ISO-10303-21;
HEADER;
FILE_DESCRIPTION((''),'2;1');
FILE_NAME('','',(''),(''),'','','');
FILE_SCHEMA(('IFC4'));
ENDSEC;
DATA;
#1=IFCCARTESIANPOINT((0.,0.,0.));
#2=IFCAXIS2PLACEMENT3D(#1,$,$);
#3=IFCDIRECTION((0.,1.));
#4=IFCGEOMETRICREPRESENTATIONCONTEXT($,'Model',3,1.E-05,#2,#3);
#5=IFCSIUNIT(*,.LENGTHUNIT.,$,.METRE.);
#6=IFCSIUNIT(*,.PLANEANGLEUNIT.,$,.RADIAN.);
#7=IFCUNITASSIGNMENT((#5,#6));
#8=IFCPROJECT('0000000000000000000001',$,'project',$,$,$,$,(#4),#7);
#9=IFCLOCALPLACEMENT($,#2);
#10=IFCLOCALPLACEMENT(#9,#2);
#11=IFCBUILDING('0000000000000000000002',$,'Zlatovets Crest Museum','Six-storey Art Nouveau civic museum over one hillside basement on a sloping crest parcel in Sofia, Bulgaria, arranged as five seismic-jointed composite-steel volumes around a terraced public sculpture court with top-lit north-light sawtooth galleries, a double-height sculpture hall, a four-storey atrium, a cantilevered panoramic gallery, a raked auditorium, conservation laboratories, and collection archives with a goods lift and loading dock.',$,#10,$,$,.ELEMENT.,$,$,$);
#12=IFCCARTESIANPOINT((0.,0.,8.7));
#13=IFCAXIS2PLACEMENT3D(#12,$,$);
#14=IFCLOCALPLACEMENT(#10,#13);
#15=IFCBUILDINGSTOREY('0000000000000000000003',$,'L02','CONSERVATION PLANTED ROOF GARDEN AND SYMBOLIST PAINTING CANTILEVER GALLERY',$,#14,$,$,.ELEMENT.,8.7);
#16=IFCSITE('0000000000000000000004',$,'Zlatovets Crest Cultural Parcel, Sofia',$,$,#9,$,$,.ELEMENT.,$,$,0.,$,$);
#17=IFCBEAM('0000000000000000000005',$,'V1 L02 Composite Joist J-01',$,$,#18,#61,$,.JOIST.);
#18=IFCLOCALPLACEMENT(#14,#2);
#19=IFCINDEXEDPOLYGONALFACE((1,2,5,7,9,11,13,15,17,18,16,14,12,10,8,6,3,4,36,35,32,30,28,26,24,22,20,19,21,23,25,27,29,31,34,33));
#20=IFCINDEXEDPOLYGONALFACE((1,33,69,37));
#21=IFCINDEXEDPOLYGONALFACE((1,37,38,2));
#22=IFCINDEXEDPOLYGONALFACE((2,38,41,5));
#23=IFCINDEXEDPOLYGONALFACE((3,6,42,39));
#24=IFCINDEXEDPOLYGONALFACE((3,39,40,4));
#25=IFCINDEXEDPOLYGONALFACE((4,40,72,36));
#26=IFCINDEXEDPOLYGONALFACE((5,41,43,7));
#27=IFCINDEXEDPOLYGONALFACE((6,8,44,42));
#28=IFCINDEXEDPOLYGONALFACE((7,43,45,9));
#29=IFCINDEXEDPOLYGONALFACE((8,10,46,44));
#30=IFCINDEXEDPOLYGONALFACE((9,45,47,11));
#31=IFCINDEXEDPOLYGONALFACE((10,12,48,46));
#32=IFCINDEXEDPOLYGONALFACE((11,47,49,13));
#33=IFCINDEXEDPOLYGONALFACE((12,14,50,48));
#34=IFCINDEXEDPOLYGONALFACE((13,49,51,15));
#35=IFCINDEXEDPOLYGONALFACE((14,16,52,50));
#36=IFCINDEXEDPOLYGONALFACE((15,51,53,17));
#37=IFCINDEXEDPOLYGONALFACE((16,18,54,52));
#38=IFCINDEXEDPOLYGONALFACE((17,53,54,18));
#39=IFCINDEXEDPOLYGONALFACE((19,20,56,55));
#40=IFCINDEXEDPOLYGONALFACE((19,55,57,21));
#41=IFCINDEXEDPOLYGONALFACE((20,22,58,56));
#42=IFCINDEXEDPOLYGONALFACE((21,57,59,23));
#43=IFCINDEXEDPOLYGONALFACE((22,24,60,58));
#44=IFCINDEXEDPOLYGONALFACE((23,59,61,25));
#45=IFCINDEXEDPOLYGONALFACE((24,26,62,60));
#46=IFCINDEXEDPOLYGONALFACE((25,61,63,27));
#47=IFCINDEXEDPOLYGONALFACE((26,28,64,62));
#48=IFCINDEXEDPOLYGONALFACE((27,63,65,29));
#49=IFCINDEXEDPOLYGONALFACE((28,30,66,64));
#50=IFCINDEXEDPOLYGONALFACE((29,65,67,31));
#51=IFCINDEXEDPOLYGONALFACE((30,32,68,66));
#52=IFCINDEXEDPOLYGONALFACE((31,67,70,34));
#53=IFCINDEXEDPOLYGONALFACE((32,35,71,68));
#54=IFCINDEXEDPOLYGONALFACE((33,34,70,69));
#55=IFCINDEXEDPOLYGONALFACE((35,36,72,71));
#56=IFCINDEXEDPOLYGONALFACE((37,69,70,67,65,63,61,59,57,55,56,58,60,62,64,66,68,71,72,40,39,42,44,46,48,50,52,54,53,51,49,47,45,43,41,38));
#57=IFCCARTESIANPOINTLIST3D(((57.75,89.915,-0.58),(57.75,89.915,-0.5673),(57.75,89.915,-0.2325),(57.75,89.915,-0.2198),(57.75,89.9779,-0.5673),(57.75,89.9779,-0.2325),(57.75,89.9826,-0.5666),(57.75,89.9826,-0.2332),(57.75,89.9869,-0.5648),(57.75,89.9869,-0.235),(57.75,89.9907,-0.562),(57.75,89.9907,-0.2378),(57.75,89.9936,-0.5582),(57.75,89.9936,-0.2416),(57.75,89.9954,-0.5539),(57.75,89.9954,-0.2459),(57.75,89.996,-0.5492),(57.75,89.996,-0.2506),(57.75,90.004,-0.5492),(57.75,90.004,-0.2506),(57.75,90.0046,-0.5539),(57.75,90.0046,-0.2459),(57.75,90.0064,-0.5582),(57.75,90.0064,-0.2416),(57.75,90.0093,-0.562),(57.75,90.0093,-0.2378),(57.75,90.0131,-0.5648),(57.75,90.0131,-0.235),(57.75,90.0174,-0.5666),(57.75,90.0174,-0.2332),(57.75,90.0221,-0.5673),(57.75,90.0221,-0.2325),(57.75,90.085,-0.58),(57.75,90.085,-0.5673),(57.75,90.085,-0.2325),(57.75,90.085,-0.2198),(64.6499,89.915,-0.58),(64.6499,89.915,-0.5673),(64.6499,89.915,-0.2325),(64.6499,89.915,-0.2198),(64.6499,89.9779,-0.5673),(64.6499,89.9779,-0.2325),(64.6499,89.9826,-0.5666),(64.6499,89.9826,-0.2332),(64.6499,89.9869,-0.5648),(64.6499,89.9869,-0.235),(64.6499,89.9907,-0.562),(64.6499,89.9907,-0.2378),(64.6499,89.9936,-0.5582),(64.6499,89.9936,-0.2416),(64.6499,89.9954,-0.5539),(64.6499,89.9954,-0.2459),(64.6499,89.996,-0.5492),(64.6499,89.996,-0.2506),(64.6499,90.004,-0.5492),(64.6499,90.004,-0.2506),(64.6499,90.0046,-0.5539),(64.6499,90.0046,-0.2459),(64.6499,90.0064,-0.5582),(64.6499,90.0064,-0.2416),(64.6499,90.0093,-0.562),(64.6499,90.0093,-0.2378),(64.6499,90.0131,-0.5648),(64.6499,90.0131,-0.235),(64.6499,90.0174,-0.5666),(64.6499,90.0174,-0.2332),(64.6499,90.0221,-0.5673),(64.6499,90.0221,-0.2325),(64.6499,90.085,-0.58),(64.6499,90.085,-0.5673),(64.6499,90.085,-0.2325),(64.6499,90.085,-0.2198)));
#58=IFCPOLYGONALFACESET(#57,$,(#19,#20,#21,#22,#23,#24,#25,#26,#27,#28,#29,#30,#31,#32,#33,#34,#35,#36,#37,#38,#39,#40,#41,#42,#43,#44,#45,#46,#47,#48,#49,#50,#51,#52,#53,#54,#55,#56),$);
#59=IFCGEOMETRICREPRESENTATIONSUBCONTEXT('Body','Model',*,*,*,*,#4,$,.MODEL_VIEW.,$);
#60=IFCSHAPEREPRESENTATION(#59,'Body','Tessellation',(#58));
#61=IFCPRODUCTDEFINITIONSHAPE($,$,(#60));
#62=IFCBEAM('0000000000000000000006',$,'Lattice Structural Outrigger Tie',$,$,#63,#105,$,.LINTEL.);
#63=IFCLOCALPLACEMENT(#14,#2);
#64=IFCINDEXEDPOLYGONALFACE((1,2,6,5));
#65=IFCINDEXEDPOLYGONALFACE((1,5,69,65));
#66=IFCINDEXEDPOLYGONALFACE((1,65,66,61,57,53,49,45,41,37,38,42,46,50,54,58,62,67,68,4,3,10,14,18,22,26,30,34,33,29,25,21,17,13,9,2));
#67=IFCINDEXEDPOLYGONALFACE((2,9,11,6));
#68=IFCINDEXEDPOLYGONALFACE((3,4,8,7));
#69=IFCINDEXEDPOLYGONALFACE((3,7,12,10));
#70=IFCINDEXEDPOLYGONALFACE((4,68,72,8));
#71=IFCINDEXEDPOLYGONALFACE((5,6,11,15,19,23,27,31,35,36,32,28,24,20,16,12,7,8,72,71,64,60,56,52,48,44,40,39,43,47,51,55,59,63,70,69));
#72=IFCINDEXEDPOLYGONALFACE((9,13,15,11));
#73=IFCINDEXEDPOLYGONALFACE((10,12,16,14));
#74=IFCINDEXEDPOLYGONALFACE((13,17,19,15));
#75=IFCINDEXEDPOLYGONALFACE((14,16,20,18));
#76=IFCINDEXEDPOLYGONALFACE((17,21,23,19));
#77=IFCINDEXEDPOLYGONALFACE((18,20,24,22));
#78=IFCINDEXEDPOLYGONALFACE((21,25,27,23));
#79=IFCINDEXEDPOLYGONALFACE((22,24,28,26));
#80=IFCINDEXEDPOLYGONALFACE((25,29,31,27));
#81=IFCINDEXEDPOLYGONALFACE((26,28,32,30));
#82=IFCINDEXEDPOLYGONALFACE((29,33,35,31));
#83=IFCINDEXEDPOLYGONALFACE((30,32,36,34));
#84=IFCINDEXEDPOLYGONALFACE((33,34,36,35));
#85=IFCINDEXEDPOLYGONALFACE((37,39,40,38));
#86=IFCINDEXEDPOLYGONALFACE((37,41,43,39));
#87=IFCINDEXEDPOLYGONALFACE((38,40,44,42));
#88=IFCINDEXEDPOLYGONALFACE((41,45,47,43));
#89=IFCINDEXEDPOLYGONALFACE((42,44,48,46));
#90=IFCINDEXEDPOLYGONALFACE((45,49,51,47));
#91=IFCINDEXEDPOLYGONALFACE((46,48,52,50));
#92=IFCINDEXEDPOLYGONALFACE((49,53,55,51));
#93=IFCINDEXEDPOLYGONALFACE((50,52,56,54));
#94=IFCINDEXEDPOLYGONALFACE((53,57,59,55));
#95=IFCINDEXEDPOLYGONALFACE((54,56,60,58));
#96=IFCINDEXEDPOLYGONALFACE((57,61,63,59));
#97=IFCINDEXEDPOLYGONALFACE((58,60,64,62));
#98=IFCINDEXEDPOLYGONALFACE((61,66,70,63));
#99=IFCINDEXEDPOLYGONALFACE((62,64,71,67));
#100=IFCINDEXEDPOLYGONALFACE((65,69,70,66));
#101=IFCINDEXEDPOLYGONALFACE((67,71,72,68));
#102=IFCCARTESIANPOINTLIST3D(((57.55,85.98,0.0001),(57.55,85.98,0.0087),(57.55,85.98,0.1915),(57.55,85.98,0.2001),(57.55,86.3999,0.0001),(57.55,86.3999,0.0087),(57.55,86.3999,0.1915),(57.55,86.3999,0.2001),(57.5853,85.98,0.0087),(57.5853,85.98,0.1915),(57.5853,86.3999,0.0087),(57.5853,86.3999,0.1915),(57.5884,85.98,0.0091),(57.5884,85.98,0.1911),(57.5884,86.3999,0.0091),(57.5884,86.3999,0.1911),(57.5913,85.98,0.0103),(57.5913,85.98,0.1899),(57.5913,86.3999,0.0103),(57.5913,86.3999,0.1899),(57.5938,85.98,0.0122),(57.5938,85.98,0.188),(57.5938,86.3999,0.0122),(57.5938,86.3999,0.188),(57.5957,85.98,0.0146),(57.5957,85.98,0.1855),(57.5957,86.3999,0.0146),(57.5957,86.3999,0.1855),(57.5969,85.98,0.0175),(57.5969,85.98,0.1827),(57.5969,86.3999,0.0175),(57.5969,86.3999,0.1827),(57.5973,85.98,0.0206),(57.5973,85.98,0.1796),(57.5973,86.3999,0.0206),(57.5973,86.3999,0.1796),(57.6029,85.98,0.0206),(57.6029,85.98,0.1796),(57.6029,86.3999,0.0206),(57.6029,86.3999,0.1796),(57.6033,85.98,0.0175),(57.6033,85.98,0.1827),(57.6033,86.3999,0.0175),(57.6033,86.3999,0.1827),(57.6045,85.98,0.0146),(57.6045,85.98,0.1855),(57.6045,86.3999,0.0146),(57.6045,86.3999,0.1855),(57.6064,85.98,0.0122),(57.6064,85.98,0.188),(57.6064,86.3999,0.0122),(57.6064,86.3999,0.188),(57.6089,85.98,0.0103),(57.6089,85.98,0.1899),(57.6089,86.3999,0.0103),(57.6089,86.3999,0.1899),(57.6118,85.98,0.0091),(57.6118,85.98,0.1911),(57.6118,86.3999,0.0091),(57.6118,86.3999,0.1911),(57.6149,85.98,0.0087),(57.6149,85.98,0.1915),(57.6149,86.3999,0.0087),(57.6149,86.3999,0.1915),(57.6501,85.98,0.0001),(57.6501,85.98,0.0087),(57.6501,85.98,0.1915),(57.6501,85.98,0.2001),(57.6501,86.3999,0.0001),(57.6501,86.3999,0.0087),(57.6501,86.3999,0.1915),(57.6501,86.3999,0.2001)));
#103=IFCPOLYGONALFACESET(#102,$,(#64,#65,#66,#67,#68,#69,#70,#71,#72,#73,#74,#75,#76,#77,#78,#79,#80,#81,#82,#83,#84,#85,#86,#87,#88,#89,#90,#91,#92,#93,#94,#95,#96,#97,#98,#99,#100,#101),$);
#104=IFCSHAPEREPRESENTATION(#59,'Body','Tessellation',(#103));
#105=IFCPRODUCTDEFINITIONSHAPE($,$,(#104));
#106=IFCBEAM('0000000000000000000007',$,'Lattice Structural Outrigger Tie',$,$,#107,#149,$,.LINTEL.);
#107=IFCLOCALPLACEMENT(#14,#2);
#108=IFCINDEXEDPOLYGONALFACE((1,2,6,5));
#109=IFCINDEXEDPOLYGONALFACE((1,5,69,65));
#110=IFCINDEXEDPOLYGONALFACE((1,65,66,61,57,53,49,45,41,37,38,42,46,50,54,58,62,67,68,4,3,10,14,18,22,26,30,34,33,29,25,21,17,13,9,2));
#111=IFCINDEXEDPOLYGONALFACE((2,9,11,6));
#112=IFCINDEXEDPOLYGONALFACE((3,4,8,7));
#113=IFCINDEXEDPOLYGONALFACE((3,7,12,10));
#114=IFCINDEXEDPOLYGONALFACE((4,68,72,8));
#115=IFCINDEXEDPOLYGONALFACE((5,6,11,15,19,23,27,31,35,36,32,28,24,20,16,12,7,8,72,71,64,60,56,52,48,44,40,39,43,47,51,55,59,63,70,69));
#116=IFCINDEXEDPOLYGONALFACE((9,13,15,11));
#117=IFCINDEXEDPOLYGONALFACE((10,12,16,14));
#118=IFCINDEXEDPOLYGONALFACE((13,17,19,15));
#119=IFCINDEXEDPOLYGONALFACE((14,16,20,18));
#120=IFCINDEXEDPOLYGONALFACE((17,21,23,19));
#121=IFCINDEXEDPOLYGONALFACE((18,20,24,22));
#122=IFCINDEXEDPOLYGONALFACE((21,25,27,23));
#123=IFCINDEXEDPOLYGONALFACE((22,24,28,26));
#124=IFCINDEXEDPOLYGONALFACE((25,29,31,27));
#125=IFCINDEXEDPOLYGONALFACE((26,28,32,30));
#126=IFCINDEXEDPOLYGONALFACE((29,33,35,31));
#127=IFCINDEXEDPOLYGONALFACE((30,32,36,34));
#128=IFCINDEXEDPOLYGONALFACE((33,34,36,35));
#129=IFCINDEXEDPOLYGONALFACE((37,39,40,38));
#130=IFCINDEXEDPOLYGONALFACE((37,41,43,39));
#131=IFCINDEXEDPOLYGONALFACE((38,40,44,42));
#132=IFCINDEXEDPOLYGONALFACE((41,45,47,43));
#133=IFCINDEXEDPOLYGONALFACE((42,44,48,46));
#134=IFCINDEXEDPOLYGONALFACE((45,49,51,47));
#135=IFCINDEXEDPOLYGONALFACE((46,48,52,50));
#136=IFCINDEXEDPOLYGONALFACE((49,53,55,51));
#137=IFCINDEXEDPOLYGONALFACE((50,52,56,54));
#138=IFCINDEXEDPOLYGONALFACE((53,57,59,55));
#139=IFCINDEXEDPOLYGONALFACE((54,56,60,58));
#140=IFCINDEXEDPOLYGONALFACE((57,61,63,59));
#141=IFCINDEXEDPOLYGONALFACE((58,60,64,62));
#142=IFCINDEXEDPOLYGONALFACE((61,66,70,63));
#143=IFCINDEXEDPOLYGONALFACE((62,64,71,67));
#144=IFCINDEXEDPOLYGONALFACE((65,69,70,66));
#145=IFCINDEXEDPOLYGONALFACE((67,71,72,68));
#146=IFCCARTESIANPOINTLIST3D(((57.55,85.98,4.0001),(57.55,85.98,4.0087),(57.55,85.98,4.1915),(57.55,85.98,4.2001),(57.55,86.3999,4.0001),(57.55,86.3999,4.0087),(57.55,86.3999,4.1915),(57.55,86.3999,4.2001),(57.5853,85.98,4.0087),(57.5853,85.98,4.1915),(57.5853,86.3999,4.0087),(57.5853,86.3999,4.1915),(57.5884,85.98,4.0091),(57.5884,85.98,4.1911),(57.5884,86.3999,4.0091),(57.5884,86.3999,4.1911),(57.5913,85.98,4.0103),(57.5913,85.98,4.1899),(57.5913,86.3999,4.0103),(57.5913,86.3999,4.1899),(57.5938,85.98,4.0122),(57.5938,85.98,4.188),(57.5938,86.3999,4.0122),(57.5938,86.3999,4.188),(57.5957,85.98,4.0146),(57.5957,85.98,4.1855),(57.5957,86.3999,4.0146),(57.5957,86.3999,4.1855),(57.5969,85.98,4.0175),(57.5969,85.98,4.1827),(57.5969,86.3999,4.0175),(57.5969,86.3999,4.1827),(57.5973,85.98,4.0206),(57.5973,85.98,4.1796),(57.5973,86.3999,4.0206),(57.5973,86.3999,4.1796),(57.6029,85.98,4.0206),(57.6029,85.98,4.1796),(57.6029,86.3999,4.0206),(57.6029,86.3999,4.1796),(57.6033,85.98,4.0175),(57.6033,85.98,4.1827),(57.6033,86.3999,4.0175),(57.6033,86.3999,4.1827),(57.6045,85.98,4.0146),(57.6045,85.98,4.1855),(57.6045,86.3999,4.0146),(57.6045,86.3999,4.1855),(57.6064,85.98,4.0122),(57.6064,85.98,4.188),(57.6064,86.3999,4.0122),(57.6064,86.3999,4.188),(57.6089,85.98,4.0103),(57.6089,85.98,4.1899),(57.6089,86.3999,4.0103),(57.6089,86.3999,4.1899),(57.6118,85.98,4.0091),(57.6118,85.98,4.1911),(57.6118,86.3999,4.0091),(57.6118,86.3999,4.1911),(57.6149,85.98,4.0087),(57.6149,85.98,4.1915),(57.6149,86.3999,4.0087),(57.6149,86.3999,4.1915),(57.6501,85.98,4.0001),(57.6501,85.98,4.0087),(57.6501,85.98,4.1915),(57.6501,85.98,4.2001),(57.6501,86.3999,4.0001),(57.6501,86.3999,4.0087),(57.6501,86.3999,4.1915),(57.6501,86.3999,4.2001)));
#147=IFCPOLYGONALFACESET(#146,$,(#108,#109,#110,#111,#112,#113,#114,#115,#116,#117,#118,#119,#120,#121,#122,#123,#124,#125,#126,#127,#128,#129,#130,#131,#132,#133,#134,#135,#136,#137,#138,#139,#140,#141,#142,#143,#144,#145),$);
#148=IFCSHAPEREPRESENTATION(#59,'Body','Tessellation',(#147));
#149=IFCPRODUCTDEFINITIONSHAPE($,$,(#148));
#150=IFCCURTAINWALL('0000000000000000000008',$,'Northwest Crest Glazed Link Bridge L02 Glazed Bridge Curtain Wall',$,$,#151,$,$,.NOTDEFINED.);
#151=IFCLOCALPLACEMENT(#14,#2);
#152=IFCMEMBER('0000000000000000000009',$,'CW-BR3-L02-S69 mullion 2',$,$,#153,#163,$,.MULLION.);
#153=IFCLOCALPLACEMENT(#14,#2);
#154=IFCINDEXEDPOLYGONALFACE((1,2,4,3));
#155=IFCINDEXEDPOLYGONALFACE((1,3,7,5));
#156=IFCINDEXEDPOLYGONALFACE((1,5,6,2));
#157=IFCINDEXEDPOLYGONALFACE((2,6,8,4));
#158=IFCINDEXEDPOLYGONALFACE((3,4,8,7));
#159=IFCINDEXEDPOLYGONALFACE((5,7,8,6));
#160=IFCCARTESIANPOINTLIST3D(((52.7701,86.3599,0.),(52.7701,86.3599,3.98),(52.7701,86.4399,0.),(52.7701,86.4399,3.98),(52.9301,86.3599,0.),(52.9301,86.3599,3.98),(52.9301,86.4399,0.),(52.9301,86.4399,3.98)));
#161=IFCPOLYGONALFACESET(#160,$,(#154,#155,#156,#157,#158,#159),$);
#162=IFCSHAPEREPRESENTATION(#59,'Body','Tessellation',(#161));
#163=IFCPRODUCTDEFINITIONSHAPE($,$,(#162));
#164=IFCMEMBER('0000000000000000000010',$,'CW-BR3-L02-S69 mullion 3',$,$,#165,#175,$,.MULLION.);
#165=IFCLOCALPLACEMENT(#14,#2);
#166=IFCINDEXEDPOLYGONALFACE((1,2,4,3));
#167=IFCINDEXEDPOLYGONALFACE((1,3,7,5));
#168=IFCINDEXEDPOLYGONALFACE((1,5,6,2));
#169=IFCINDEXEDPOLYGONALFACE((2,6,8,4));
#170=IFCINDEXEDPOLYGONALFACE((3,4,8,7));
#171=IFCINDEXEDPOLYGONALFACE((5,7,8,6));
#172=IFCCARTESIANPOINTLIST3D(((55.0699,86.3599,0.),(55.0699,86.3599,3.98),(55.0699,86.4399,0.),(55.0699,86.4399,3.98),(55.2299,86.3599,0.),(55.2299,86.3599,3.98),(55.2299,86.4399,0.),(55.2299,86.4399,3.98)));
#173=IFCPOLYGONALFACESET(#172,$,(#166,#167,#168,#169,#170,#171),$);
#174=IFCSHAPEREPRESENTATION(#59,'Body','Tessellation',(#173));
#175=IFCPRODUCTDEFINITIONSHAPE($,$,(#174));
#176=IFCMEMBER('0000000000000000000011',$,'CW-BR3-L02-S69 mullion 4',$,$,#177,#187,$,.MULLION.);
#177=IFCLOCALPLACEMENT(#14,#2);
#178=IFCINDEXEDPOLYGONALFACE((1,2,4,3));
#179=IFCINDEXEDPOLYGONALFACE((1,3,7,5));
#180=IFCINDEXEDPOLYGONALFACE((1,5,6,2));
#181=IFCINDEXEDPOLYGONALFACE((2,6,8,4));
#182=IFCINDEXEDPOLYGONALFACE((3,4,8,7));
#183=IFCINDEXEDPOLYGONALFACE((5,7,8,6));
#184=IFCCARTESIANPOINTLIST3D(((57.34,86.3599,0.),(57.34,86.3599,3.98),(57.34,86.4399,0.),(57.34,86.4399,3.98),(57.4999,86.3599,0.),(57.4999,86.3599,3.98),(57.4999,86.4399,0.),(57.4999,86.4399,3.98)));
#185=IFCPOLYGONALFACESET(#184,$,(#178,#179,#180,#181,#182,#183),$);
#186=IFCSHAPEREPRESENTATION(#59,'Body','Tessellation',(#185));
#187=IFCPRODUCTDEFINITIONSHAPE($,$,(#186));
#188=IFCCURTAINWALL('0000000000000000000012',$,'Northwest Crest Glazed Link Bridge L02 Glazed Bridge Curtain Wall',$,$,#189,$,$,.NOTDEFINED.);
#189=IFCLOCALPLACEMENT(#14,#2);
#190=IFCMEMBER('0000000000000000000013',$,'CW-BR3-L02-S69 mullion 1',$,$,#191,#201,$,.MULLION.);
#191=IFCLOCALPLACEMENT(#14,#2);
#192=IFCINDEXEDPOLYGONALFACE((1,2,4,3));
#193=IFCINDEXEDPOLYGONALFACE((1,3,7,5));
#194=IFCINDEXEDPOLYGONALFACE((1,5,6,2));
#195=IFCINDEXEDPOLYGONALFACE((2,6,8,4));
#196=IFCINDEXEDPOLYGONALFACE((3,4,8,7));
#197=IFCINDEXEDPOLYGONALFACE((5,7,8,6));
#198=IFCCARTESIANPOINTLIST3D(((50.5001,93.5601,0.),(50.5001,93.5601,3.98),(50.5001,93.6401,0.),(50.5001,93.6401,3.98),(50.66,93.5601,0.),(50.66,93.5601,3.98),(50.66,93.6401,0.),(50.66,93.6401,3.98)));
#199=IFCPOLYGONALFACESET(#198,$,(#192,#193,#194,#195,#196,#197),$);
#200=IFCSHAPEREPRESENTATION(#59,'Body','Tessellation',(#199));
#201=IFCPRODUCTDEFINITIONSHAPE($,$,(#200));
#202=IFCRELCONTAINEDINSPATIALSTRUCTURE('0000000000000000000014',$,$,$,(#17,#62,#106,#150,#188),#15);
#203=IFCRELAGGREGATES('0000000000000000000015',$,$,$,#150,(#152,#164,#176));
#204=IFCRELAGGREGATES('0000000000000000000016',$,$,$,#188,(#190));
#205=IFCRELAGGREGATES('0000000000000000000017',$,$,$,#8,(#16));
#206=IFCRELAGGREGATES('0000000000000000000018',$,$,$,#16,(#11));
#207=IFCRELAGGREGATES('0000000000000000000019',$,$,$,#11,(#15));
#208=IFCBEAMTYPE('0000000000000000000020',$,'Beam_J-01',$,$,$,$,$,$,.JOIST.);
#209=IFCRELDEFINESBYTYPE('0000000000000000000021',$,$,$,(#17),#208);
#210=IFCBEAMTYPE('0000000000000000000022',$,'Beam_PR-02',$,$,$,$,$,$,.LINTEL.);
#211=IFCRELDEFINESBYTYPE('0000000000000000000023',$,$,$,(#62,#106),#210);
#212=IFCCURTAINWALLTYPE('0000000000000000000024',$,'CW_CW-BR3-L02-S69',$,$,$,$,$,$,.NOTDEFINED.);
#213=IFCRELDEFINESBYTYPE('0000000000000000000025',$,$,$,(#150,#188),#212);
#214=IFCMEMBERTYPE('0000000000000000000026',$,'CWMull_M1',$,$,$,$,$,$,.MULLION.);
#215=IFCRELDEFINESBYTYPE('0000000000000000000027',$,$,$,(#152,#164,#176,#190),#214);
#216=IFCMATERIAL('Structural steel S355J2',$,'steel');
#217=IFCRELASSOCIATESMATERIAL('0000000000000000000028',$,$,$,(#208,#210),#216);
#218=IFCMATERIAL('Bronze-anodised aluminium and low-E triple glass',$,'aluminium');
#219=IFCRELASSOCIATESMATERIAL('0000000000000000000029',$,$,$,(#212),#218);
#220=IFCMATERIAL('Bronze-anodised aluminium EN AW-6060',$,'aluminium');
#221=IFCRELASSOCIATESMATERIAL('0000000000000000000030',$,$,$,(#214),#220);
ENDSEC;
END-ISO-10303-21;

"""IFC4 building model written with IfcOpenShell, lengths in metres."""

from ifc_helpers import new_model, si_unit, direction, frame, origin, origin_2d, place, context, subcontext, project, spatial, rectangle, i_section, extrude, material, material_profile, profile_set, type_object, element, aggregate, save


model = new_model("IFC4")

# Units and contexts
model_context = context("Model", 3, precision=1e-05, world=origin(), true_north=direction((0.0, 1.0)))
body_context = subcontext(model_context, "Body", "Model", "MODEL_VIEW")
ifc_project = project(units=[si_unit("LENGTHUNIT", "METRE"), si_unit("PLANEANGLEUNIT", "RADIAN")], contexts=[model_context])

# Site, building, storey
site_placement = place(None, origin())
site = spatial("IfcSite", under=ifc_project, at=site_placement, Name="Zlatovets Crest Cultural Parcel, Sofia", CompositionType="ELEMENT", RefElevation=0.0)
building_placement = place(site_placement, origin())
building = spatial("IfcBuilding", under=site, at=building_placement, Name="Zlatovets Crest Museum", Description="Six-storey Art Nouveau civic museum over one hillside basement on a sloping crest parcel in Sofia, Bulgaria, arranged as five seismic-jointed composite-steel volumes around a terraced public sculpture court with top-lit north-light sawtooth galleries, a double-height sculpture hall, a four-storey atrium, a cantilevered panoramic gallery, a raked auditorium, conservation laboratories, and collection archives with a goods lift and loading dock.", CompositionType="ELEMENT")
storey_placement = place(building_placement, frame((0.0, 0.0, 8.7)))
storey = spatial("IfcBuildingStorey", under=building, at=storey_placement, Name="L02", Description="CONSERVATION PLANTED ROOF GARDEN AND SYMBOLIST PAINTING CANTILEVER GALLERY", CompositionType="ELEMENT", Elevation=8.7)

# Shared definitions
ifc_material_1 = material(Name="Structural steel S355J2", Category="steel")

# Beams
ifc_material_profile_1 = material_profile(ifc_material_1, i_section(OverallWidth=0.1699, OverallDepth=0.3601, WebThickness=0.0081, FlangeThickness=0.0127, FilletRadius=0.0181, at=origin_2d()), Name="IPE 360")
ifc_profile_set_1 = profile_set([ifc_material_profile_1], Name="Structural steel S355J2")
beam_type_1 = type_object("IfcBeamType", Name="Beam_J-01", PredefinedType="JOIST", material=ifc_profile_set_1)
beam_1_placement = place(storey_placement, frame((57.75, 90.0, -0.3999), z_axis=(1.0, 0.0, 0.0), x_axis=(0.0, 1.0, 0.0)))
element("IfcBeam", 1, at=beam_1_placement, inside=storey, type_object=beam_type_1, Name="V1 L02 Composite Joist J-01", PredefinedType="JOIST", context=body_context, shape_type="SweptSolid", body=[
    extrude(i_section(OverallWidth=0.1699, OverallDepth=0.3601, WebThickness=0.0081, FlangeThickness=0.0127, FilletRadius=0.0181, at=origin_2d()), origin(), (0.0, 0.0, 1.0), 6.8999),
])
ifc_material_profile_2 = material_profile(ifc_material_1, i_section(OverallWidth=0.1001, OverallDepth=0.2, WebThickness=0.0056, FlangeThickness=0.0085, FilletRadius=0.012, at=origin_2d()), Name="IPE 200")
ifc_profile_set_2 = profile_set([ifc_material_profile_2], Name="Structural steel S355J2")
beam_type_2 = type_object("IfcBeamType", Name="Beam_PR-02", PredefinedType="LINTEL", material=ifc_profile_set_2)
for number, where, z_axis, x_axis, name in (
    (2, (57.6001, 86.3999, 0.1001), (0.0, -1.0, 0.0), (1.0, 0.0, 0.0), "Lattice Structural Outrigger Tie"),
    (3, (57.6001, 86.3999, 4.1001), (0.0, -1.0, 0.0), (1.0, 0.0, 0.0), "Lattice Structural Outrigger Tie"),
):
    element("IfcBeam", number, at=place(storey_placement, frame(where, z_axis=z_axis, x_axis=x_axis)), inside=storey, type_object=beam_type_2, Name=name, PredefinedType="LINTEL", context=body_context, shape_type="SweptSolid", body=[
        extrude(i_section(OverallWidth=0.1001, OverallDepth=0.2, WebThickness=0.0056, FlangeThickness=0.0085, FilletRadius=0.012, at=origin_2d()), origin(), (0.0, 0.0, 1.0), 0.4199),
    ])

# Curtain walls, members
ifc_material_2 = material(Name="Bronze-anodised aluminium and low-E triple glass", Category="aluminium")
curtain_wall_type = type_object("IfcCurtainWallType", Name="CW_CW-BR3-L02-S69", PredefinedType="NOTDEFINED", material=ifc_material_2)
curtain_wall_1_placement = place(storey_placement, origin())
curtain_wall_1 = element("IfcCurtainWall", 4, at=curtain_wall_1_placement, inside=storey, type_object=curtain_wall_type, Name="Northwest Crest Glazed Link Bridge L02 Glazed Bridge Curtain Wall", PredefinedType="NOTDEFINED")
ifc_material_3 = material(Name="Bronze-anodised aluminium EN AW-6060", Category="aluminium")
ifc_material_profile_3 = material_profile(ifc_material_3, rectangle(XDim=0.0801, YDim=0.1599, at=origin_2d()), Name="ALU 80x160")
ifc_profile_set_3 = profile_set([ifc_material_profile_3], Name="Bronze-anodised aluminium EN AW-6060")
member_type_1 = type_object("IfcMemberType", Name="CWMull_M1", PredefinedType="MULLION", material=ifc_profile_set_3)
member_1_placement = place(storey_placement, frame((52.8501, 86.3999, 0.0), z_axis=(0.0, 0.0, 1.0), x_axis=(0.0, 1.0, 0.0)))
member_1 = element("IfcMember", 5, at=member_1_placement, type_object=member_type_1, Name="CW-BR3-L02-S69 mullion 2", PredefinedType="MULLION", context=body_context, shape_type="SweptSolid", body=[
    extrude(rectangle(XDim=0.0801, YDim=0.1599, at=origin_2d()), origin(), (0.0, 0.0, 1.0), 3.98),
])
member_2_placement = place(storey_placement, frame((55.1499, 86.3999, 0.0), z_axis=(0.0, 0.0, 1.0), x_axis=(0.0, 1.0, 0.0)))
member_2 = element("IfcMember", 6, at=member_2_placement, type_object=member_type_1, Name="CW-BR3-L02-S69 mullion 3", PredefinedType="MULLION", context=body_context, shape_type="SweptSolid", body=[
    extrude(rectangle(XDim=0.0801, YDim=0.1599, at=origin_2d()), origin(), (0.0, 0.0, 1.0), 3.98),
])
member_3_placement = place(storey_placement, frame((57.4199, 86.3999, 0.0), z_axis=(0.0, 0.0, 1.0), x_axis=(0.0, 1.0, 0.0)))
member_3 = element("IfcMember", 7, at=member_3_placement, type_object=member_type_1, Name="CW-BR3-L02-S69 mullion 4", PredefinedType="MULLION", context=body_context, shape_type="SweptSolid", body=[
    extrude(rectangle(XDim=0.0801, YDim=0.1599, at=origin_2d()), origin(), (0.0, 0.0, 1.0), 3.98),
])
curtain_wall_2_placement = place(storey_placement, origin())
curtain_wall_2 = element("IfcCurtainWall", 8, at=curtain_wall_2_placement, inside=storey, type_object=curtain_wall_type, Name="Northwest Crest Glazed Link Bridge L02 Glazed Bridge Curtain Wall", PredefinedType="NOTDEFINED")
member_4_placement = place(storey_placement, frame((50.5801, 93.6001, 0.0), z_axis=(0.0, 0.0, 1.0), x_axis=(0.0, 1.0, 0.0)))
member_4 = element("IfcMember", 9, at=member_4_placement, type_object=member_type_1, Name="CW-BR3-L02-S69 mullion 1", PredefinedType="MULLION", context=body_context, shape_type="SweptSolid", body=[
    extrude(rectangle(XDim=0.0801, YDim=0.1599, at=origin_2d()), origin(), (0.0, 0.0, 1.0), 3.98),
])

aggregate(curtain_wall_1, [member_1, member_2, member_3])
aggregate(curtain_wall_2, [member_4])

save(model, "model.ifc")
